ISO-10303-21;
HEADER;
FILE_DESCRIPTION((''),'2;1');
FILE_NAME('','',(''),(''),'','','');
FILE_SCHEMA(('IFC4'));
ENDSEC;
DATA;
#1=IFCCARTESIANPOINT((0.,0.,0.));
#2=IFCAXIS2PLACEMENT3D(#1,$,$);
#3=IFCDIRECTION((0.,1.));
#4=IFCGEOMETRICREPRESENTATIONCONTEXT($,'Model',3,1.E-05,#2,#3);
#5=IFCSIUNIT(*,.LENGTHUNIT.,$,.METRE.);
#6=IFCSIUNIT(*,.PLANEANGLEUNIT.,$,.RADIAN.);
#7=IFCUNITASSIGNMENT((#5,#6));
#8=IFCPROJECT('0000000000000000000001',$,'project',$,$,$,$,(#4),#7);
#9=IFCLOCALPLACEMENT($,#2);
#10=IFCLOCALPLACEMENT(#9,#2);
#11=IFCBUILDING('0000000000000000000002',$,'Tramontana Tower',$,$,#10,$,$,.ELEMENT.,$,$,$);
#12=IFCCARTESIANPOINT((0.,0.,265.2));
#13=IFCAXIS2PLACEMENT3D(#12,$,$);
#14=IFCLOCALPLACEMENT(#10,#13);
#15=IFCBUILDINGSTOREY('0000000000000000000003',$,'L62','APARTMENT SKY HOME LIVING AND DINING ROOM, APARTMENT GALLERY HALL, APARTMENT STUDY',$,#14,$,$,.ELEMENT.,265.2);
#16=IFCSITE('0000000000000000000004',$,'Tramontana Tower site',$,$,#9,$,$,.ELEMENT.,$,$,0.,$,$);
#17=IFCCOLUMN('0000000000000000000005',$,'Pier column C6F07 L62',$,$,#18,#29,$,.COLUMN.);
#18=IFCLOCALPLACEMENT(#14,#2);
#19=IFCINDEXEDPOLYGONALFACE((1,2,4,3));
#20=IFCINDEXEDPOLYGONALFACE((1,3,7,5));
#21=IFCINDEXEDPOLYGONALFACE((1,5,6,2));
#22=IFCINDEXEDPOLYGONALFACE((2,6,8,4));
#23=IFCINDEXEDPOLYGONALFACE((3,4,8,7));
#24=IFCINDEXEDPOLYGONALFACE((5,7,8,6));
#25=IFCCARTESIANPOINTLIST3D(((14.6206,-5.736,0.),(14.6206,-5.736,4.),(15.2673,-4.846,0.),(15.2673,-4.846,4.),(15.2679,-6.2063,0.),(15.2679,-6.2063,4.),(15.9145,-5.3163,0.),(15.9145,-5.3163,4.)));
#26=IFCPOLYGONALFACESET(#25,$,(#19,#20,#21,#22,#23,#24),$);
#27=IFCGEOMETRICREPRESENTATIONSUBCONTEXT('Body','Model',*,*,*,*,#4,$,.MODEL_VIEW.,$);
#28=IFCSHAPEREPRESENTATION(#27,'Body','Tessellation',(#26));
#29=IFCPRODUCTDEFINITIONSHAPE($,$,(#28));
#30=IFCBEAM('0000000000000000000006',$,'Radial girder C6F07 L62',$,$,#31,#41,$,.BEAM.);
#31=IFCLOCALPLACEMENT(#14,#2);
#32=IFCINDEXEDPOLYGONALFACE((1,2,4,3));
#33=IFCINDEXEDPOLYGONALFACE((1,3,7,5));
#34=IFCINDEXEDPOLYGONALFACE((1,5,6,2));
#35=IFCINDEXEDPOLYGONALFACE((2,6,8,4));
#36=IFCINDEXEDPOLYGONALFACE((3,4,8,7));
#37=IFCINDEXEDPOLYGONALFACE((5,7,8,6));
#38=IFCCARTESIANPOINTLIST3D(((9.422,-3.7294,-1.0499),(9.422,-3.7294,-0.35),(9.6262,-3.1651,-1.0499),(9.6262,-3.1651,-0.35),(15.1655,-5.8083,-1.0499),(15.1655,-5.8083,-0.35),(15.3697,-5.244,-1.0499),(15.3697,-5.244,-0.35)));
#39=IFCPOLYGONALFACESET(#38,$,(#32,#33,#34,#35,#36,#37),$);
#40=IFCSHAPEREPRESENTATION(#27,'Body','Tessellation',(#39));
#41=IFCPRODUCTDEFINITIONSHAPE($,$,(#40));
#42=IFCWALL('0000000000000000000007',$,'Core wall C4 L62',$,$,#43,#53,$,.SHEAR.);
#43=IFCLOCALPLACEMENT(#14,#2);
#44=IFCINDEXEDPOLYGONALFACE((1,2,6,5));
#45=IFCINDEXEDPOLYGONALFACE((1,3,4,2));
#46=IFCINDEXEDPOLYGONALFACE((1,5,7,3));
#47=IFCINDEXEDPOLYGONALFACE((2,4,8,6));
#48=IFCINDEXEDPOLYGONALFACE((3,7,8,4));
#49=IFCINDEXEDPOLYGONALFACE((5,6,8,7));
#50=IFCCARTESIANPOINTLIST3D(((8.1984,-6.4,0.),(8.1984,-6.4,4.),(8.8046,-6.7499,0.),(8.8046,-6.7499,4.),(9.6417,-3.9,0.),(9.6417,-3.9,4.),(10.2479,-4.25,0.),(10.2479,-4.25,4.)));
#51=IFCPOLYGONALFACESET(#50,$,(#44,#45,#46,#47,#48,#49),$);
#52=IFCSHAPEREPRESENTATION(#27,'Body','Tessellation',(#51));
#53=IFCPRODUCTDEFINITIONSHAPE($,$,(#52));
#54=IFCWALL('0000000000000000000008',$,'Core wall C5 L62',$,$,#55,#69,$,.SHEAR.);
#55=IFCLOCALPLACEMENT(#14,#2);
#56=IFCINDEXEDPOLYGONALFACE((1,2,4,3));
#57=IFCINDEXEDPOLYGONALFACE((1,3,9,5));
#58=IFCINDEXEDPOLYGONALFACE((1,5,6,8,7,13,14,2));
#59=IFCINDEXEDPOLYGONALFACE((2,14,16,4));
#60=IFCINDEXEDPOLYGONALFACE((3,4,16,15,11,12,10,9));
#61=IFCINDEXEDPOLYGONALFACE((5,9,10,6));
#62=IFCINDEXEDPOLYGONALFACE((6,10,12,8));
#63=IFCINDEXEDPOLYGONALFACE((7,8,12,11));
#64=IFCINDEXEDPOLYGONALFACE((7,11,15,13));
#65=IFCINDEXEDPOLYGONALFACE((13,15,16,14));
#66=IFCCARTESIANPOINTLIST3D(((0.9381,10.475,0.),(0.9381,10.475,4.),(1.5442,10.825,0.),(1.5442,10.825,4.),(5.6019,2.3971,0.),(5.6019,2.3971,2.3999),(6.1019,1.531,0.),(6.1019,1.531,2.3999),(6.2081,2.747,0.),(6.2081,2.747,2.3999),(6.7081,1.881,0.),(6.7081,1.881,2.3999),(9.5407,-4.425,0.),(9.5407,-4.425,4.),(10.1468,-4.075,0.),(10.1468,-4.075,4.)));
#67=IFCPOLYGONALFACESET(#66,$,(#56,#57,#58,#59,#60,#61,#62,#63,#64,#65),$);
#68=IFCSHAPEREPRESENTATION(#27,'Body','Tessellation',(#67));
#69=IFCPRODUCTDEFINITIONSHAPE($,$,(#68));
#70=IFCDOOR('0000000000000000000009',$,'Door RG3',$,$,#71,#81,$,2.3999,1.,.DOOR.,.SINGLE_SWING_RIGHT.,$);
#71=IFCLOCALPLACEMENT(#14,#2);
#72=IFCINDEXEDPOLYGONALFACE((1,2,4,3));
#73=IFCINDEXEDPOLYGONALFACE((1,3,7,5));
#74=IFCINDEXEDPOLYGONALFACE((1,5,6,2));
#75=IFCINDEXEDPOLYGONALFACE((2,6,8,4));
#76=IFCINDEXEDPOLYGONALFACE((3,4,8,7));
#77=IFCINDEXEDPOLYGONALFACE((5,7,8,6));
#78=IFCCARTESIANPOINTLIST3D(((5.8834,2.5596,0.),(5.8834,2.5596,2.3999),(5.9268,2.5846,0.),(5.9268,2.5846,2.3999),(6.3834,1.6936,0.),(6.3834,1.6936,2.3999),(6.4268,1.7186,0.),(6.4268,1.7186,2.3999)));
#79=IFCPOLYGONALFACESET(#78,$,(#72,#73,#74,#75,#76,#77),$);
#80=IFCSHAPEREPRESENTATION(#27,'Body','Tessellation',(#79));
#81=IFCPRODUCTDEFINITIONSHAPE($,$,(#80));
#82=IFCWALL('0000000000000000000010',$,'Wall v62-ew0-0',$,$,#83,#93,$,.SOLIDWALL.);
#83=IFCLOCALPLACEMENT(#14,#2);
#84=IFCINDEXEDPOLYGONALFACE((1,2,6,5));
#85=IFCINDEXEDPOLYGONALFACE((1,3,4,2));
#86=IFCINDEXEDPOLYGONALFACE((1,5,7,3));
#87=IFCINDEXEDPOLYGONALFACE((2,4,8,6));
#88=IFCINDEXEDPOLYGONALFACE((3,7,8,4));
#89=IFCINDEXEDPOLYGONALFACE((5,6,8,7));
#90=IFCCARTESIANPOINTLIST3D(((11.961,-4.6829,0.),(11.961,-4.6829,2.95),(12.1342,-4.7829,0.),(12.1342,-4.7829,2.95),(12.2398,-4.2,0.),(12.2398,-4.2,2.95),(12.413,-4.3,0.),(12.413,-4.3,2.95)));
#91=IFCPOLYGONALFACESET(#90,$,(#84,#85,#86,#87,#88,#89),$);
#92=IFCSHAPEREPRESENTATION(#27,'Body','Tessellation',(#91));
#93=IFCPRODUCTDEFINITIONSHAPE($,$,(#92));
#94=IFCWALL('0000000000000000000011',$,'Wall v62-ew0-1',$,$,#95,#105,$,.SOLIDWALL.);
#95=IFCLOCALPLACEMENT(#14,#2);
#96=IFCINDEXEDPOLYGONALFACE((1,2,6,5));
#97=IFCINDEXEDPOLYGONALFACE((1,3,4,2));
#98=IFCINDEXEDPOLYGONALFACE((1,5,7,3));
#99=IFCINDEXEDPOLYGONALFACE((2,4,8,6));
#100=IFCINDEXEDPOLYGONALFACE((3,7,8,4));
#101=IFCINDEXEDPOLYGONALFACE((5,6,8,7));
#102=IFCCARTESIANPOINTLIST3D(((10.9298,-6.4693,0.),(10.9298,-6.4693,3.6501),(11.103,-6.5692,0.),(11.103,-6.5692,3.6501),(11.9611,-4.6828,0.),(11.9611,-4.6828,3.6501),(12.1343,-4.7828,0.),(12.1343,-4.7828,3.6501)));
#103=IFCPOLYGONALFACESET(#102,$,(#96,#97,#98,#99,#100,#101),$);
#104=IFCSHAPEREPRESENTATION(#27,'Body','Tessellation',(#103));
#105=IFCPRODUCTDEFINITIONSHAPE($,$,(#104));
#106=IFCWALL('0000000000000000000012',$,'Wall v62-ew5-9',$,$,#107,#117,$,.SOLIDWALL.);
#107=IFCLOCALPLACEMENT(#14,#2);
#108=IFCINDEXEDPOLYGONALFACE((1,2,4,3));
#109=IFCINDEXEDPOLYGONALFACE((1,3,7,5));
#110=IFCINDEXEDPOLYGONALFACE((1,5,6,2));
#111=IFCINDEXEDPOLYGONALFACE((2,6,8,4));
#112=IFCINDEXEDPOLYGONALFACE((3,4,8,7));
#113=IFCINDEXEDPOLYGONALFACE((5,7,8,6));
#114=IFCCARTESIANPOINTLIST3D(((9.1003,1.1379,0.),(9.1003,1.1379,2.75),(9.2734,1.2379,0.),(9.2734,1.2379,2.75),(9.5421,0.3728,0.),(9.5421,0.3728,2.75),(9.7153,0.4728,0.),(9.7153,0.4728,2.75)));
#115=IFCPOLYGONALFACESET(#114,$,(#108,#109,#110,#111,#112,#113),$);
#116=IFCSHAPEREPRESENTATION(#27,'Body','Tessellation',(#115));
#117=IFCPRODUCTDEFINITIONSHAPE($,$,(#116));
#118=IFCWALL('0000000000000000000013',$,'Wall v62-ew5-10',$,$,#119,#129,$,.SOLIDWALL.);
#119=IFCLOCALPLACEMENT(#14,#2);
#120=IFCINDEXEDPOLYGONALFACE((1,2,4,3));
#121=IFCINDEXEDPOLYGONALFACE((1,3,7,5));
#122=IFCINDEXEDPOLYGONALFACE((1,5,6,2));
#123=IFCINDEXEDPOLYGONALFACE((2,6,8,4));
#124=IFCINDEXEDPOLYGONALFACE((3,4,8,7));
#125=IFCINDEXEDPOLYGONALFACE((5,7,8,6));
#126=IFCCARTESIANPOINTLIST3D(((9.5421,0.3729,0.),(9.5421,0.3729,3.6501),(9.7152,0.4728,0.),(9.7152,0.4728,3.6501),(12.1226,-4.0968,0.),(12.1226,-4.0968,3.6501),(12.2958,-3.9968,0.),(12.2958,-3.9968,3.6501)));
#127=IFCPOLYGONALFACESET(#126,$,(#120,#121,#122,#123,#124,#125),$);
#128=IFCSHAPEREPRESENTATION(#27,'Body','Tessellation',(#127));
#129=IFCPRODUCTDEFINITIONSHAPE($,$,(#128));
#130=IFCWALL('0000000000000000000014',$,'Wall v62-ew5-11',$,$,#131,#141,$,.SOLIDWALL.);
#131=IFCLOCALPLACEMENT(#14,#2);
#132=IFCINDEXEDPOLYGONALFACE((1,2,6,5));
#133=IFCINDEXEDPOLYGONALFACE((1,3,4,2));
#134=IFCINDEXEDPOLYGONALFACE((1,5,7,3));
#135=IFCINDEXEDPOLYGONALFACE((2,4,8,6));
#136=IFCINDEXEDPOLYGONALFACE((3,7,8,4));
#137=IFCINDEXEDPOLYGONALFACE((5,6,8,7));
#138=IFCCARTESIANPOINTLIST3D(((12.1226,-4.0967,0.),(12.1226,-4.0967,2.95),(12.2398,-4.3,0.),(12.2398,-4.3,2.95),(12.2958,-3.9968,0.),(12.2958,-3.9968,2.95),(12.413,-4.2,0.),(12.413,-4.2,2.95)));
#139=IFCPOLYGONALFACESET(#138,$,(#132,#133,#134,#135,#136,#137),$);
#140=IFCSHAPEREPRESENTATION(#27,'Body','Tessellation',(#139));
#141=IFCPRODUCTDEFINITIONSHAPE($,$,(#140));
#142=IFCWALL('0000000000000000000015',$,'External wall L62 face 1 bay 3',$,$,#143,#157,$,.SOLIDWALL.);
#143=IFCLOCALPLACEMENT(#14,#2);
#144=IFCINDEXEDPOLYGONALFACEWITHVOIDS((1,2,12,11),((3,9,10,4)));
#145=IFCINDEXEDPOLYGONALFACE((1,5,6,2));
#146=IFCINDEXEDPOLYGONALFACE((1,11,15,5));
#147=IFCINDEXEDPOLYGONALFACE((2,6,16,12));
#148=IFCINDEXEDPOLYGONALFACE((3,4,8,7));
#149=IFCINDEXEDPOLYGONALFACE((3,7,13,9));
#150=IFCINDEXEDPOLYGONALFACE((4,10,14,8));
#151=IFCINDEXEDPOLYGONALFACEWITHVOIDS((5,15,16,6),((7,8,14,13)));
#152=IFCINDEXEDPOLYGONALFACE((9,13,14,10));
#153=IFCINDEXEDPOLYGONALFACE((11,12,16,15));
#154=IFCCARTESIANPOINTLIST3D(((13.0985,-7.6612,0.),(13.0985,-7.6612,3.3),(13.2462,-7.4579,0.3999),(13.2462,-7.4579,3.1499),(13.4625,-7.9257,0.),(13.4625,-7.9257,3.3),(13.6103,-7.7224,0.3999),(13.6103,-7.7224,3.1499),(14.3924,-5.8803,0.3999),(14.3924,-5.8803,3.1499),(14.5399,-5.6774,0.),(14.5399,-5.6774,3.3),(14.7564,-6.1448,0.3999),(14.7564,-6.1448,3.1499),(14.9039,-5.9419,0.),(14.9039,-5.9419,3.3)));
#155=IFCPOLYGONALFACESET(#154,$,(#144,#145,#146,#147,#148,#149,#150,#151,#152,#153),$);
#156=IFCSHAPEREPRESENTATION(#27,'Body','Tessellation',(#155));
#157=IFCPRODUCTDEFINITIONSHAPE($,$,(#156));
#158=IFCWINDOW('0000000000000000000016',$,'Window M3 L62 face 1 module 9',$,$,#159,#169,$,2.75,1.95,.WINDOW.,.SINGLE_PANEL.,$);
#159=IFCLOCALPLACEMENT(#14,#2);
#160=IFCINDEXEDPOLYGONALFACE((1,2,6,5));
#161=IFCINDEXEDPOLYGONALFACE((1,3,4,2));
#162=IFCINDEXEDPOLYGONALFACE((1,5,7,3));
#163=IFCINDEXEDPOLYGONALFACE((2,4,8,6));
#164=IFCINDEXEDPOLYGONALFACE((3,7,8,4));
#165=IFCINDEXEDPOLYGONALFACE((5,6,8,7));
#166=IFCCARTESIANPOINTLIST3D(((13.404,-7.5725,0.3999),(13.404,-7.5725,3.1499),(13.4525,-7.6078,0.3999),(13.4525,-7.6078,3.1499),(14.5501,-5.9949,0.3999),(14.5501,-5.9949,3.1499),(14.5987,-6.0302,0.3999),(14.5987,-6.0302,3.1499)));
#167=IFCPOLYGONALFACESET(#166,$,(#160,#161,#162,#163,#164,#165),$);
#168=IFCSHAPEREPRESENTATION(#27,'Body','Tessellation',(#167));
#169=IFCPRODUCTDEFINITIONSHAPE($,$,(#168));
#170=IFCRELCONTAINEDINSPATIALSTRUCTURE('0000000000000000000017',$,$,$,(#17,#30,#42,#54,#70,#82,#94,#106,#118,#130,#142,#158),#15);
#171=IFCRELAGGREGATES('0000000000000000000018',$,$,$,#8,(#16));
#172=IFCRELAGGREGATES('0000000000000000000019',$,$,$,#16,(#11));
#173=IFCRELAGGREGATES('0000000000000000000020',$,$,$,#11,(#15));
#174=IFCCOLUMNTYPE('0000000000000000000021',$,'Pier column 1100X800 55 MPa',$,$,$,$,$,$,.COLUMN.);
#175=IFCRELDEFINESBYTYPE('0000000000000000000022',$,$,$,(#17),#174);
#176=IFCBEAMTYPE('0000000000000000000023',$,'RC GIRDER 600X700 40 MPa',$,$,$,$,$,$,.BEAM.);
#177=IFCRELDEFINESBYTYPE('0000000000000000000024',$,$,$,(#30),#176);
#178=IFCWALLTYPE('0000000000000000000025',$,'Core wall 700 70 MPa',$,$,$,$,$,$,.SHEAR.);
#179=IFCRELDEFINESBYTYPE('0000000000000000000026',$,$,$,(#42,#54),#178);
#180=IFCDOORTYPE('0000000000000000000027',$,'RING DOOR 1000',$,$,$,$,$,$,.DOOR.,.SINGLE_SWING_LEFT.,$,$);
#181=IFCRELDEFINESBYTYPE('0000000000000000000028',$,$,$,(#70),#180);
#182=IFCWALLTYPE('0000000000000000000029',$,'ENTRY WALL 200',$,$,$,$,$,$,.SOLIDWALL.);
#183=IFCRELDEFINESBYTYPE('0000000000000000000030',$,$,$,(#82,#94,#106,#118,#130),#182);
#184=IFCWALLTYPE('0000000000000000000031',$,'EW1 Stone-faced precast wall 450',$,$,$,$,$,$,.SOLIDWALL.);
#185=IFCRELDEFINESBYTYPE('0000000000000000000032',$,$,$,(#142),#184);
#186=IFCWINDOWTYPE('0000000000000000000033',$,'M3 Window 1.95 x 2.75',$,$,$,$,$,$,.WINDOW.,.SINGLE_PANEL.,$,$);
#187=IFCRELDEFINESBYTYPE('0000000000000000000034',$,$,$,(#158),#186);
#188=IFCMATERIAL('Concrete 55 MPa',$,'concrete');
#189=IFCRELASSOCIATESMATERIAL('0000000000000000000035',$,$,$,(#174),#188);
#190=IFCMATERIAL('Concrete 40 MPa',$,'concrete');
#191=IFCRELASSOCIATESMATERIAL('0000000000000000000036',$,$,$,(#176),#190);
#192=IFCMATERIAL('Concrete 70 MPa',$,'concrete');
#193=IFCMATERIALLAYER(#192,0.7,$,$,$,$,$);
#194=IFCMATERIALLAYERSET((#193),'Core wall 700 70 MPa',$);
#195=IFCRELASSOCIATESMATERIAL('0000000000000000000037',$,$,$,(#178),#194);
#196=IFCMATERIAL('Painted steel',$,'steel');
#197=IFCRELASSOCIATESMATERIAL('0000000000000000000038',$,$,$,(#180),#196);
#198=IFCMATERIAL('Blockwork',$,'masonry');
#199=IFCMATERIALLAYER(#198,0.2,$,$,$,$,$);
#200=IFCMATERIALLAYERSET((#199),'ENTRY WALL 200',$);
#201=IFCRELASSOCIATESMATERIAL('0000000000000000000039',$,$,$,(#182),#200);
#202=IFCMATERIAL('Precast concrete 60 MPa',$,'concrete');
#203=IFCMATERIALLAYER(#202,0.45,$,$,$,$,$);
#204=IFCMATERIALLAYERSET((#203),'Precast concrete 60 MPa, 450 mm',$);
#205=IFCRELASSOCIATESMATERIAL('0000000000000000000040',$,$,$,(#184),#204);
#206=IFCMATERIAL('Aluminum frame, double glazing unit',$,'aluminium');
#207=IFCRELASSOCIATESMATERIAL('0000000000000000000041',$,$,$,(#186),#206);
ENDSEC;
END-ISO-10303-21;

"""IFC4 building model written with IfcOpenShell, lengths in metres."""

from ifc_helpers import new_model, si_unit, direction, frame, frame_2d, origin, origin_2d, place, context, subcontext, project, spatial, rectangle, extrude, material, layer, layer_set, material_profile, profile_set, type_object, element, fill, save


model = new_model("IFC4")

# Units and contexts
model_context = context("Model", 3, precision=1e-05, world=origin(), true_north=direction((0.0, 1.0)))
body_context = subcontext(model_context, "Body", "Model", "MODEL_VIEW")
ifc_project = project(units=[si_unit("LENGTHUNIT", "METRE"), si_unit("PLANEANGLEUNIT", "RADIAN")], contexts=[model_context])

# Site, building, storey
site_placement = place(None, origin())
site = spatial("IfcSite", under=ifc_project, at=site_placement, Name="Tramontana Tower site", CompositionType="ELEMENT", RefElevation=0.0)
building_placement = place(site_placement, origin())
building = spatial("IfcBuilding", under=site, at=building_placement, Name="Tramontana Tower", CompositionType="ELEMENT")
storey_placement = place(building_placement, frame((0.0, 0.0, 265.2)))
storey = spatial("IfcBuildingStorey", under=building, at=storey_placement, Name="L62", Description="APARTMENT SKY HOME LIVING AND DINING ROOM, APARTMENT GALLERY HALL, APARTMENT STUDY", CompositionType="ELEMENT", Elevation=265.2)

# Column
ifc_material_1 = material(Name="Concrete 55 MPa", Category="concrete")
ifc_material_profile_1 = material_profile(ifc_material_1, rectangle(XDim=1.1001, YDim=0.8, at=origin_2d()), Name="Pier column 1100X800 55 MPa")
ifc_profile_set_1 = profile_set([ifc_material_profile_1], Name="Concrete 55 MPa")
column_type = type_object("IfcColumnType", Name="Pier column 1100X800 55 MPa", PredefinedType="COLUMN", material=ifc_profile_set_1)
column_placement = place(storey_placement, frame((15.2676, -5.5261, 0.0), z_axis=(0.0, 0.0, 1.0), x_axis=(0.587785, 0.809017, 0.0)))
element("IfcColumn", 1, at=column_placement, inside=storey, type_object=column_type, Name="Pier column C6F07 L62", PredefinedType="COLUMN", context=body_context, shape_type="SweptSolid", body=[
    extrude(rectangle(XDim=1.1001, YDim=0.8, at=origin_2d()), origin(), (0.0, 0.0, 1.0), 4.0),
])

# Beam
ifc_material_2 = material(Name="Concrete 40 MPa", Category="concrete")
ifc_material_profile_2 = material_profile(ifc_material_2, rectangle(XDim=0.6001, YDim=0.7, at=origin_2d()), Name="RC GIRDER 600X700 40 MPa")
ifc_profile_set_2 = profile_set([ifc_material_profile_2], Name="Concrete 40 MPa")
beam_type = type_object("IfcBeamType", Name="RC GIRDER 600X700 40 MPa", PredefinedType="BEAM", material=ifc_profile_set_2)
beam_placement = place(storey_placement, frame((15.2676, -5.5261, -0.7), z_axis=(-0.9403, 0.340347, 0.0), x_axis=(-0.340347, -0.9403, 0.0)))
element("IfcBeam", 2, at=beam_placement, inside=storey, type_object=beam_type, Name="Radial girder C6F07 L62", PredefinedType="BEAM", context=body_context, shape_type="SweptSolid", body=[
    extrude(rectangle(XDim=0.6001, YDim=0.7, at=origin_2d()), origin(), (0.0, 0.0, 1.0), 6.1082),
])

# Wall
ifc_material_3 = material(Name="Concrete 70 MPa", Category="concrete")
ifc_layer_1 = layer(ifc_material_3, 0.7)
ifc_layer_set_1 = layer_set([ifc_layer_1], Name="Core wall 700 70 MPa")
wall_type_1 = type_object("IfcWallType", Name="Core wall 700 70 MPa", PredefinedType="SHEAR", material=ifc_layer_set_1)
wall_1_placement = place(storey_placement, frame((8.5015, -6.575, 0.0), z_axis=(0.0, 0.0, 1.0), x_axis=(0.499996, 0.866028, 0.0)))
element("IfcWall", 3, at=wall_1_placement, inside=storey, type_object=wall_type_1, Name="Core wall C4 L62", PredefinedType="SHEAR", context=body_context, shape_type="SweptSolid", body=[
    extrude(rectangle(XDim=2.8867, YDim=0.7, at=frame_2d((1.4434, 0.0))), origin(), (0.0, 0.0, 1.0), 4.0),
])

# Wall, opening, door
wall_2_placement = place(storey_placement, frame((9.8438, -4.25, 0.0), z_axis=(0.0, 0.0, 1.0), x_axis=(-0.500003, 0.866023, 0.0)))
wall_2 = element("IfcWall", 4, at=wall_2_placement, inside=storey, type_object=wall_type_1, Name="Core wall C5 L62", PredefinedType="SHEAR", context=body_context, shape_type="SweptSolid", body=[
    extrude(rectangle(XDim=17.2051, YDim=0.7, at=frame_2d((8.6025, 0.0))), origin(), (0.0, 0.0, 1.0), 4.0),
])
opening_1_placement = place(wall_2_placement, frame((6.8774, 0.0, 0.0)))
opening_1 = element("IfcOpeningElement", 5, at=opening_1_placement, cuts=wall_2, PredefinedType="OPENING", context=body_context, shape_type="SweptSolid", body=[
    extrude(rectangle(XDim=1.0, YDim=2.3999, at=frame_2d((0.5, 1.2))), frame((0.0, 0.3599, 0.0), z_axis=(0.0, -1.0, 0.0), x_axis=(1.0, 0.0, 0.0)), (0.0, 0.0, 1.0), 0.72),
])
ifc_material_4 = material(Name="Painted steel", Category="steel")
door_type_1 = type_object("IfcDoorType", Name="RING DOOR 1000", OperationType="SINGLE_SWING_LEFT", PredefinedType="DOOR", material=ifc_material_4)
door_1_placement = place(opening_1_placement, origin())
door_1 = element("IfcDoor", 6, at=door_1_placement, inside=storey, type_object=door_type_1, Name="Door RG3", OperationType="SINGLE_SWING_RIGHT", OverallHeight=2.3999, OverallWidth=1.0, PredefinedType="DOOR", context=body_context, shape_type="SweptSolid", body=[
    extrude(rectangle(XDim=1.0, YDim=2.3999, at=frame_2d((0.5, 1.2))), frame((0.0, 0.0249, 0.0), z_axis=(0.0, -1.0, 0.0), x_axis=(1.0, 0.0, 0.0)), (0.0, 0.0, 1.0), 0.05),
])
fill(opening_1, door_1)

# Walls
ifc_material_5 = material(Name="Blockwork", Category="masonry")
ifc_layer_2 = layer(ifc_material_5, 0.2)
ifc_layer_set_2 = layer_set([ifc_layer_2], Name="ENTRY WALL 200")
wall_type_2 = type_object("IfcWallType", Name="ENTRY WALL 200", PredefinedType="SOLIDWALL", material=ifc_layer_set_2)
wall_3_placement = place(storey_placement, frame((12.3264, -4.25, 0.0), z_axis=(0.0, 0.0, 1.0), x_axis=(-0.5, -0.866025, 0.0)))
element("IfcWall", 7, at=wall_3_placement, inside=storey, type_object=wall_type_2, Name="Wall v62-ew0-0", PredefinedType="SOLIDWALL", context=body_context, shape_type="SweptSolid", body=[
    extrude(rectangle(XDim=0.5576, YDim=0.2, at=frame_2d((0.2788, 0.0))), origin(), (0.0, 0.0, 1.0), 2.95),
])
wall_4_placement = place(storey_placement, frame((12.0476, -4.7329, 0.0), z_axis=(0.0, 0.0, 1.0), x_axis=(-0.499958, -0.86605, 0.0)))
element("IfcWall", 8, at=wall_4_placement, inside=storey, type_object=wall_type_2, Name="Wall v62-ew0-1", PredefinedType="SOLIDWALL", context=body_context, shape_type="SweptSolid", body=[
    extrude(rectangle(XDim=2.0627, YDim=0.2, at=frame_2d((1.0312, 0.0))), origin(), (0.0, 0.0, 1.0), 3.6501),
])
wall_5_placement = place(storey_placement, frame((9.1868, 1.188, 0.0), z_axis=(0.0, 0.0, 1.0), x_axis=(0.500121, -0.865955, 0.0)))
element("IfcWall", 9, at=wall_5_placement, inside=storey, type_object=wall_type_2, Name="Wall v62-ew5-9", PredefinedType="SOLIDWALL", context=body_context, shape_type="SweptSolid", body=[
    extrude(rectangle(XDim=0.8835, YDim=0.2, at=frame_2d((0.4419, 0.0))), origin(), (0.0, 0.0, 1.0), 2.75),
])
wall_6_placement = place(storey_placement, frame((9.6287, 0.4229, 0.0), z_axis=(0.0, 0.0, 1.0), x_axis=(0.499995, -0.866028, 0.0)))
element("IfcWall", 10, at=wall_6_placement, inside=storey, type_object=wall_type_2, Name="Wall v62-ew5-10", PredefinedType="SOLIDWALL", context=body_context, shape_type="SweptSolid", body=[
    extrude(rectangle(XDim=5.1611, YDim=0.2, at=frame_2d((2.5806, 0.0))), origin(), (0.0, 0.0, 1.0), 3.6501),
])
wall_7_placement = place(storey_placement, frame((12.2092, -4.0469, 0.0), z_axis=(0.0, 0.0, 1.0), x_axis=(0.499722, -0.866186, 0.0)))
element("IfcWall", 11, at=wall_7_placement, inside=storey, type_object=wall_type_2, Name="Wall v62-ew5-11", PredefinedType="SOLIDWALL", context=body_context, shape_type="SweptSolid", body=[
    extrude(rectangle(XDim=0.2346, YDim=0.2, at=frame_2d((0.1172, 0.0))), origin(), (0.0, 0.0, 1.0), 2.95),
])

# Wall, opening, window
ifc_material_6 = material(Name="Precast concrete 60 MPa", Category="concrete")
ifc_layer_3 = layer(ifc_material_6, 0.45)
ifc_layer_set_3 = layer_set([ifc_layer_3], Name="Precast concrete 60 MPa, 450 mm")
wall_type_3 = type_object("IfcWallType", Name="EW1 Stone-faced precast wall 450", PredefinedType="SOLIDWALL", material=ifc_layer_set_3)
wall_8_placement = place(storey_placement, frame((13.2805, -7.7935, 0.0), z_axis=(0.0, 0.0, 1.0), x_axis=(0.587793, 0.809012, 0.0)))
wall_8 = element("IfcWall", 12, at=wall_8_placement, inside=storey, type_object=wall_type_3, Name="External wall L62 face 1 bay 3", PredefinedType="SOLIDWALL", context=body_context, shape_type="SweptSolid", body=[
    extrude(rectangle(XDim=2.4521, YDim=0.45, at=frame_2d((1.2261, 0.0))), origin(), (0.0, 0.0, 1.0), 3.3),
])
opening_2_placement = place(wall_8_placement, frame((0.2512, 0.0, 0.3999)))
opening_2 = element("IfcOpeningElement", 13, at=opening_2_placement, cuts=wall_8, PredefinedType="OPENING", context=body_context, shape_type="SweptSolid", body=[
    extrude(rectangle(XDim=1.95, YDim=2.75, at=frame_2d((0.9751, 1.375))), frame((0.0, 0.2349, 0.0), z_axis=(0.0, -1.0, 0.0), x_axis=(1.0, 0.0, 0.0)), (0.0, 0.0, 1.0), 0.47),
])
ifc_material_7 = material(Name="Aluminum frame, double glazing unit", Category="aluminium")
window_type_1 = type_object("IfcWindowType", Name="M3 Window 1.95 x 2.75", PartitioningType="SINGLE_PANEL", PredefinedType="WINDOW", material=ifc_material_7)
window_1_placement = place(opening_2_placement, origin())
window_1 = element("IfcWindow", 14, at=window_1_placement, inside=storey, type_object=window_type_1, Name="Window M3 L62 face 1 module 9", OverallHeight=2.75, OverallWidth=1.95, PartitioningType="SINGLE_PANEL", PredefinedType="WINDOW", context=body_context, shape_type="SweptSolid", body=[
    extrude(rectangle(XDim=1.95, YDim=2.75, at=frame_2d((0.9751, 1.375))), frame((0.0, 0.03, 0.0), z_axis=(0.0, -1.0, 0.0), x_axis=(1.0, 0.0, 0.0)), (0.0, 0.0, 1.0), 0.0601),
])
fill(opening_2, window_1)

save(model, "model.ifc")
